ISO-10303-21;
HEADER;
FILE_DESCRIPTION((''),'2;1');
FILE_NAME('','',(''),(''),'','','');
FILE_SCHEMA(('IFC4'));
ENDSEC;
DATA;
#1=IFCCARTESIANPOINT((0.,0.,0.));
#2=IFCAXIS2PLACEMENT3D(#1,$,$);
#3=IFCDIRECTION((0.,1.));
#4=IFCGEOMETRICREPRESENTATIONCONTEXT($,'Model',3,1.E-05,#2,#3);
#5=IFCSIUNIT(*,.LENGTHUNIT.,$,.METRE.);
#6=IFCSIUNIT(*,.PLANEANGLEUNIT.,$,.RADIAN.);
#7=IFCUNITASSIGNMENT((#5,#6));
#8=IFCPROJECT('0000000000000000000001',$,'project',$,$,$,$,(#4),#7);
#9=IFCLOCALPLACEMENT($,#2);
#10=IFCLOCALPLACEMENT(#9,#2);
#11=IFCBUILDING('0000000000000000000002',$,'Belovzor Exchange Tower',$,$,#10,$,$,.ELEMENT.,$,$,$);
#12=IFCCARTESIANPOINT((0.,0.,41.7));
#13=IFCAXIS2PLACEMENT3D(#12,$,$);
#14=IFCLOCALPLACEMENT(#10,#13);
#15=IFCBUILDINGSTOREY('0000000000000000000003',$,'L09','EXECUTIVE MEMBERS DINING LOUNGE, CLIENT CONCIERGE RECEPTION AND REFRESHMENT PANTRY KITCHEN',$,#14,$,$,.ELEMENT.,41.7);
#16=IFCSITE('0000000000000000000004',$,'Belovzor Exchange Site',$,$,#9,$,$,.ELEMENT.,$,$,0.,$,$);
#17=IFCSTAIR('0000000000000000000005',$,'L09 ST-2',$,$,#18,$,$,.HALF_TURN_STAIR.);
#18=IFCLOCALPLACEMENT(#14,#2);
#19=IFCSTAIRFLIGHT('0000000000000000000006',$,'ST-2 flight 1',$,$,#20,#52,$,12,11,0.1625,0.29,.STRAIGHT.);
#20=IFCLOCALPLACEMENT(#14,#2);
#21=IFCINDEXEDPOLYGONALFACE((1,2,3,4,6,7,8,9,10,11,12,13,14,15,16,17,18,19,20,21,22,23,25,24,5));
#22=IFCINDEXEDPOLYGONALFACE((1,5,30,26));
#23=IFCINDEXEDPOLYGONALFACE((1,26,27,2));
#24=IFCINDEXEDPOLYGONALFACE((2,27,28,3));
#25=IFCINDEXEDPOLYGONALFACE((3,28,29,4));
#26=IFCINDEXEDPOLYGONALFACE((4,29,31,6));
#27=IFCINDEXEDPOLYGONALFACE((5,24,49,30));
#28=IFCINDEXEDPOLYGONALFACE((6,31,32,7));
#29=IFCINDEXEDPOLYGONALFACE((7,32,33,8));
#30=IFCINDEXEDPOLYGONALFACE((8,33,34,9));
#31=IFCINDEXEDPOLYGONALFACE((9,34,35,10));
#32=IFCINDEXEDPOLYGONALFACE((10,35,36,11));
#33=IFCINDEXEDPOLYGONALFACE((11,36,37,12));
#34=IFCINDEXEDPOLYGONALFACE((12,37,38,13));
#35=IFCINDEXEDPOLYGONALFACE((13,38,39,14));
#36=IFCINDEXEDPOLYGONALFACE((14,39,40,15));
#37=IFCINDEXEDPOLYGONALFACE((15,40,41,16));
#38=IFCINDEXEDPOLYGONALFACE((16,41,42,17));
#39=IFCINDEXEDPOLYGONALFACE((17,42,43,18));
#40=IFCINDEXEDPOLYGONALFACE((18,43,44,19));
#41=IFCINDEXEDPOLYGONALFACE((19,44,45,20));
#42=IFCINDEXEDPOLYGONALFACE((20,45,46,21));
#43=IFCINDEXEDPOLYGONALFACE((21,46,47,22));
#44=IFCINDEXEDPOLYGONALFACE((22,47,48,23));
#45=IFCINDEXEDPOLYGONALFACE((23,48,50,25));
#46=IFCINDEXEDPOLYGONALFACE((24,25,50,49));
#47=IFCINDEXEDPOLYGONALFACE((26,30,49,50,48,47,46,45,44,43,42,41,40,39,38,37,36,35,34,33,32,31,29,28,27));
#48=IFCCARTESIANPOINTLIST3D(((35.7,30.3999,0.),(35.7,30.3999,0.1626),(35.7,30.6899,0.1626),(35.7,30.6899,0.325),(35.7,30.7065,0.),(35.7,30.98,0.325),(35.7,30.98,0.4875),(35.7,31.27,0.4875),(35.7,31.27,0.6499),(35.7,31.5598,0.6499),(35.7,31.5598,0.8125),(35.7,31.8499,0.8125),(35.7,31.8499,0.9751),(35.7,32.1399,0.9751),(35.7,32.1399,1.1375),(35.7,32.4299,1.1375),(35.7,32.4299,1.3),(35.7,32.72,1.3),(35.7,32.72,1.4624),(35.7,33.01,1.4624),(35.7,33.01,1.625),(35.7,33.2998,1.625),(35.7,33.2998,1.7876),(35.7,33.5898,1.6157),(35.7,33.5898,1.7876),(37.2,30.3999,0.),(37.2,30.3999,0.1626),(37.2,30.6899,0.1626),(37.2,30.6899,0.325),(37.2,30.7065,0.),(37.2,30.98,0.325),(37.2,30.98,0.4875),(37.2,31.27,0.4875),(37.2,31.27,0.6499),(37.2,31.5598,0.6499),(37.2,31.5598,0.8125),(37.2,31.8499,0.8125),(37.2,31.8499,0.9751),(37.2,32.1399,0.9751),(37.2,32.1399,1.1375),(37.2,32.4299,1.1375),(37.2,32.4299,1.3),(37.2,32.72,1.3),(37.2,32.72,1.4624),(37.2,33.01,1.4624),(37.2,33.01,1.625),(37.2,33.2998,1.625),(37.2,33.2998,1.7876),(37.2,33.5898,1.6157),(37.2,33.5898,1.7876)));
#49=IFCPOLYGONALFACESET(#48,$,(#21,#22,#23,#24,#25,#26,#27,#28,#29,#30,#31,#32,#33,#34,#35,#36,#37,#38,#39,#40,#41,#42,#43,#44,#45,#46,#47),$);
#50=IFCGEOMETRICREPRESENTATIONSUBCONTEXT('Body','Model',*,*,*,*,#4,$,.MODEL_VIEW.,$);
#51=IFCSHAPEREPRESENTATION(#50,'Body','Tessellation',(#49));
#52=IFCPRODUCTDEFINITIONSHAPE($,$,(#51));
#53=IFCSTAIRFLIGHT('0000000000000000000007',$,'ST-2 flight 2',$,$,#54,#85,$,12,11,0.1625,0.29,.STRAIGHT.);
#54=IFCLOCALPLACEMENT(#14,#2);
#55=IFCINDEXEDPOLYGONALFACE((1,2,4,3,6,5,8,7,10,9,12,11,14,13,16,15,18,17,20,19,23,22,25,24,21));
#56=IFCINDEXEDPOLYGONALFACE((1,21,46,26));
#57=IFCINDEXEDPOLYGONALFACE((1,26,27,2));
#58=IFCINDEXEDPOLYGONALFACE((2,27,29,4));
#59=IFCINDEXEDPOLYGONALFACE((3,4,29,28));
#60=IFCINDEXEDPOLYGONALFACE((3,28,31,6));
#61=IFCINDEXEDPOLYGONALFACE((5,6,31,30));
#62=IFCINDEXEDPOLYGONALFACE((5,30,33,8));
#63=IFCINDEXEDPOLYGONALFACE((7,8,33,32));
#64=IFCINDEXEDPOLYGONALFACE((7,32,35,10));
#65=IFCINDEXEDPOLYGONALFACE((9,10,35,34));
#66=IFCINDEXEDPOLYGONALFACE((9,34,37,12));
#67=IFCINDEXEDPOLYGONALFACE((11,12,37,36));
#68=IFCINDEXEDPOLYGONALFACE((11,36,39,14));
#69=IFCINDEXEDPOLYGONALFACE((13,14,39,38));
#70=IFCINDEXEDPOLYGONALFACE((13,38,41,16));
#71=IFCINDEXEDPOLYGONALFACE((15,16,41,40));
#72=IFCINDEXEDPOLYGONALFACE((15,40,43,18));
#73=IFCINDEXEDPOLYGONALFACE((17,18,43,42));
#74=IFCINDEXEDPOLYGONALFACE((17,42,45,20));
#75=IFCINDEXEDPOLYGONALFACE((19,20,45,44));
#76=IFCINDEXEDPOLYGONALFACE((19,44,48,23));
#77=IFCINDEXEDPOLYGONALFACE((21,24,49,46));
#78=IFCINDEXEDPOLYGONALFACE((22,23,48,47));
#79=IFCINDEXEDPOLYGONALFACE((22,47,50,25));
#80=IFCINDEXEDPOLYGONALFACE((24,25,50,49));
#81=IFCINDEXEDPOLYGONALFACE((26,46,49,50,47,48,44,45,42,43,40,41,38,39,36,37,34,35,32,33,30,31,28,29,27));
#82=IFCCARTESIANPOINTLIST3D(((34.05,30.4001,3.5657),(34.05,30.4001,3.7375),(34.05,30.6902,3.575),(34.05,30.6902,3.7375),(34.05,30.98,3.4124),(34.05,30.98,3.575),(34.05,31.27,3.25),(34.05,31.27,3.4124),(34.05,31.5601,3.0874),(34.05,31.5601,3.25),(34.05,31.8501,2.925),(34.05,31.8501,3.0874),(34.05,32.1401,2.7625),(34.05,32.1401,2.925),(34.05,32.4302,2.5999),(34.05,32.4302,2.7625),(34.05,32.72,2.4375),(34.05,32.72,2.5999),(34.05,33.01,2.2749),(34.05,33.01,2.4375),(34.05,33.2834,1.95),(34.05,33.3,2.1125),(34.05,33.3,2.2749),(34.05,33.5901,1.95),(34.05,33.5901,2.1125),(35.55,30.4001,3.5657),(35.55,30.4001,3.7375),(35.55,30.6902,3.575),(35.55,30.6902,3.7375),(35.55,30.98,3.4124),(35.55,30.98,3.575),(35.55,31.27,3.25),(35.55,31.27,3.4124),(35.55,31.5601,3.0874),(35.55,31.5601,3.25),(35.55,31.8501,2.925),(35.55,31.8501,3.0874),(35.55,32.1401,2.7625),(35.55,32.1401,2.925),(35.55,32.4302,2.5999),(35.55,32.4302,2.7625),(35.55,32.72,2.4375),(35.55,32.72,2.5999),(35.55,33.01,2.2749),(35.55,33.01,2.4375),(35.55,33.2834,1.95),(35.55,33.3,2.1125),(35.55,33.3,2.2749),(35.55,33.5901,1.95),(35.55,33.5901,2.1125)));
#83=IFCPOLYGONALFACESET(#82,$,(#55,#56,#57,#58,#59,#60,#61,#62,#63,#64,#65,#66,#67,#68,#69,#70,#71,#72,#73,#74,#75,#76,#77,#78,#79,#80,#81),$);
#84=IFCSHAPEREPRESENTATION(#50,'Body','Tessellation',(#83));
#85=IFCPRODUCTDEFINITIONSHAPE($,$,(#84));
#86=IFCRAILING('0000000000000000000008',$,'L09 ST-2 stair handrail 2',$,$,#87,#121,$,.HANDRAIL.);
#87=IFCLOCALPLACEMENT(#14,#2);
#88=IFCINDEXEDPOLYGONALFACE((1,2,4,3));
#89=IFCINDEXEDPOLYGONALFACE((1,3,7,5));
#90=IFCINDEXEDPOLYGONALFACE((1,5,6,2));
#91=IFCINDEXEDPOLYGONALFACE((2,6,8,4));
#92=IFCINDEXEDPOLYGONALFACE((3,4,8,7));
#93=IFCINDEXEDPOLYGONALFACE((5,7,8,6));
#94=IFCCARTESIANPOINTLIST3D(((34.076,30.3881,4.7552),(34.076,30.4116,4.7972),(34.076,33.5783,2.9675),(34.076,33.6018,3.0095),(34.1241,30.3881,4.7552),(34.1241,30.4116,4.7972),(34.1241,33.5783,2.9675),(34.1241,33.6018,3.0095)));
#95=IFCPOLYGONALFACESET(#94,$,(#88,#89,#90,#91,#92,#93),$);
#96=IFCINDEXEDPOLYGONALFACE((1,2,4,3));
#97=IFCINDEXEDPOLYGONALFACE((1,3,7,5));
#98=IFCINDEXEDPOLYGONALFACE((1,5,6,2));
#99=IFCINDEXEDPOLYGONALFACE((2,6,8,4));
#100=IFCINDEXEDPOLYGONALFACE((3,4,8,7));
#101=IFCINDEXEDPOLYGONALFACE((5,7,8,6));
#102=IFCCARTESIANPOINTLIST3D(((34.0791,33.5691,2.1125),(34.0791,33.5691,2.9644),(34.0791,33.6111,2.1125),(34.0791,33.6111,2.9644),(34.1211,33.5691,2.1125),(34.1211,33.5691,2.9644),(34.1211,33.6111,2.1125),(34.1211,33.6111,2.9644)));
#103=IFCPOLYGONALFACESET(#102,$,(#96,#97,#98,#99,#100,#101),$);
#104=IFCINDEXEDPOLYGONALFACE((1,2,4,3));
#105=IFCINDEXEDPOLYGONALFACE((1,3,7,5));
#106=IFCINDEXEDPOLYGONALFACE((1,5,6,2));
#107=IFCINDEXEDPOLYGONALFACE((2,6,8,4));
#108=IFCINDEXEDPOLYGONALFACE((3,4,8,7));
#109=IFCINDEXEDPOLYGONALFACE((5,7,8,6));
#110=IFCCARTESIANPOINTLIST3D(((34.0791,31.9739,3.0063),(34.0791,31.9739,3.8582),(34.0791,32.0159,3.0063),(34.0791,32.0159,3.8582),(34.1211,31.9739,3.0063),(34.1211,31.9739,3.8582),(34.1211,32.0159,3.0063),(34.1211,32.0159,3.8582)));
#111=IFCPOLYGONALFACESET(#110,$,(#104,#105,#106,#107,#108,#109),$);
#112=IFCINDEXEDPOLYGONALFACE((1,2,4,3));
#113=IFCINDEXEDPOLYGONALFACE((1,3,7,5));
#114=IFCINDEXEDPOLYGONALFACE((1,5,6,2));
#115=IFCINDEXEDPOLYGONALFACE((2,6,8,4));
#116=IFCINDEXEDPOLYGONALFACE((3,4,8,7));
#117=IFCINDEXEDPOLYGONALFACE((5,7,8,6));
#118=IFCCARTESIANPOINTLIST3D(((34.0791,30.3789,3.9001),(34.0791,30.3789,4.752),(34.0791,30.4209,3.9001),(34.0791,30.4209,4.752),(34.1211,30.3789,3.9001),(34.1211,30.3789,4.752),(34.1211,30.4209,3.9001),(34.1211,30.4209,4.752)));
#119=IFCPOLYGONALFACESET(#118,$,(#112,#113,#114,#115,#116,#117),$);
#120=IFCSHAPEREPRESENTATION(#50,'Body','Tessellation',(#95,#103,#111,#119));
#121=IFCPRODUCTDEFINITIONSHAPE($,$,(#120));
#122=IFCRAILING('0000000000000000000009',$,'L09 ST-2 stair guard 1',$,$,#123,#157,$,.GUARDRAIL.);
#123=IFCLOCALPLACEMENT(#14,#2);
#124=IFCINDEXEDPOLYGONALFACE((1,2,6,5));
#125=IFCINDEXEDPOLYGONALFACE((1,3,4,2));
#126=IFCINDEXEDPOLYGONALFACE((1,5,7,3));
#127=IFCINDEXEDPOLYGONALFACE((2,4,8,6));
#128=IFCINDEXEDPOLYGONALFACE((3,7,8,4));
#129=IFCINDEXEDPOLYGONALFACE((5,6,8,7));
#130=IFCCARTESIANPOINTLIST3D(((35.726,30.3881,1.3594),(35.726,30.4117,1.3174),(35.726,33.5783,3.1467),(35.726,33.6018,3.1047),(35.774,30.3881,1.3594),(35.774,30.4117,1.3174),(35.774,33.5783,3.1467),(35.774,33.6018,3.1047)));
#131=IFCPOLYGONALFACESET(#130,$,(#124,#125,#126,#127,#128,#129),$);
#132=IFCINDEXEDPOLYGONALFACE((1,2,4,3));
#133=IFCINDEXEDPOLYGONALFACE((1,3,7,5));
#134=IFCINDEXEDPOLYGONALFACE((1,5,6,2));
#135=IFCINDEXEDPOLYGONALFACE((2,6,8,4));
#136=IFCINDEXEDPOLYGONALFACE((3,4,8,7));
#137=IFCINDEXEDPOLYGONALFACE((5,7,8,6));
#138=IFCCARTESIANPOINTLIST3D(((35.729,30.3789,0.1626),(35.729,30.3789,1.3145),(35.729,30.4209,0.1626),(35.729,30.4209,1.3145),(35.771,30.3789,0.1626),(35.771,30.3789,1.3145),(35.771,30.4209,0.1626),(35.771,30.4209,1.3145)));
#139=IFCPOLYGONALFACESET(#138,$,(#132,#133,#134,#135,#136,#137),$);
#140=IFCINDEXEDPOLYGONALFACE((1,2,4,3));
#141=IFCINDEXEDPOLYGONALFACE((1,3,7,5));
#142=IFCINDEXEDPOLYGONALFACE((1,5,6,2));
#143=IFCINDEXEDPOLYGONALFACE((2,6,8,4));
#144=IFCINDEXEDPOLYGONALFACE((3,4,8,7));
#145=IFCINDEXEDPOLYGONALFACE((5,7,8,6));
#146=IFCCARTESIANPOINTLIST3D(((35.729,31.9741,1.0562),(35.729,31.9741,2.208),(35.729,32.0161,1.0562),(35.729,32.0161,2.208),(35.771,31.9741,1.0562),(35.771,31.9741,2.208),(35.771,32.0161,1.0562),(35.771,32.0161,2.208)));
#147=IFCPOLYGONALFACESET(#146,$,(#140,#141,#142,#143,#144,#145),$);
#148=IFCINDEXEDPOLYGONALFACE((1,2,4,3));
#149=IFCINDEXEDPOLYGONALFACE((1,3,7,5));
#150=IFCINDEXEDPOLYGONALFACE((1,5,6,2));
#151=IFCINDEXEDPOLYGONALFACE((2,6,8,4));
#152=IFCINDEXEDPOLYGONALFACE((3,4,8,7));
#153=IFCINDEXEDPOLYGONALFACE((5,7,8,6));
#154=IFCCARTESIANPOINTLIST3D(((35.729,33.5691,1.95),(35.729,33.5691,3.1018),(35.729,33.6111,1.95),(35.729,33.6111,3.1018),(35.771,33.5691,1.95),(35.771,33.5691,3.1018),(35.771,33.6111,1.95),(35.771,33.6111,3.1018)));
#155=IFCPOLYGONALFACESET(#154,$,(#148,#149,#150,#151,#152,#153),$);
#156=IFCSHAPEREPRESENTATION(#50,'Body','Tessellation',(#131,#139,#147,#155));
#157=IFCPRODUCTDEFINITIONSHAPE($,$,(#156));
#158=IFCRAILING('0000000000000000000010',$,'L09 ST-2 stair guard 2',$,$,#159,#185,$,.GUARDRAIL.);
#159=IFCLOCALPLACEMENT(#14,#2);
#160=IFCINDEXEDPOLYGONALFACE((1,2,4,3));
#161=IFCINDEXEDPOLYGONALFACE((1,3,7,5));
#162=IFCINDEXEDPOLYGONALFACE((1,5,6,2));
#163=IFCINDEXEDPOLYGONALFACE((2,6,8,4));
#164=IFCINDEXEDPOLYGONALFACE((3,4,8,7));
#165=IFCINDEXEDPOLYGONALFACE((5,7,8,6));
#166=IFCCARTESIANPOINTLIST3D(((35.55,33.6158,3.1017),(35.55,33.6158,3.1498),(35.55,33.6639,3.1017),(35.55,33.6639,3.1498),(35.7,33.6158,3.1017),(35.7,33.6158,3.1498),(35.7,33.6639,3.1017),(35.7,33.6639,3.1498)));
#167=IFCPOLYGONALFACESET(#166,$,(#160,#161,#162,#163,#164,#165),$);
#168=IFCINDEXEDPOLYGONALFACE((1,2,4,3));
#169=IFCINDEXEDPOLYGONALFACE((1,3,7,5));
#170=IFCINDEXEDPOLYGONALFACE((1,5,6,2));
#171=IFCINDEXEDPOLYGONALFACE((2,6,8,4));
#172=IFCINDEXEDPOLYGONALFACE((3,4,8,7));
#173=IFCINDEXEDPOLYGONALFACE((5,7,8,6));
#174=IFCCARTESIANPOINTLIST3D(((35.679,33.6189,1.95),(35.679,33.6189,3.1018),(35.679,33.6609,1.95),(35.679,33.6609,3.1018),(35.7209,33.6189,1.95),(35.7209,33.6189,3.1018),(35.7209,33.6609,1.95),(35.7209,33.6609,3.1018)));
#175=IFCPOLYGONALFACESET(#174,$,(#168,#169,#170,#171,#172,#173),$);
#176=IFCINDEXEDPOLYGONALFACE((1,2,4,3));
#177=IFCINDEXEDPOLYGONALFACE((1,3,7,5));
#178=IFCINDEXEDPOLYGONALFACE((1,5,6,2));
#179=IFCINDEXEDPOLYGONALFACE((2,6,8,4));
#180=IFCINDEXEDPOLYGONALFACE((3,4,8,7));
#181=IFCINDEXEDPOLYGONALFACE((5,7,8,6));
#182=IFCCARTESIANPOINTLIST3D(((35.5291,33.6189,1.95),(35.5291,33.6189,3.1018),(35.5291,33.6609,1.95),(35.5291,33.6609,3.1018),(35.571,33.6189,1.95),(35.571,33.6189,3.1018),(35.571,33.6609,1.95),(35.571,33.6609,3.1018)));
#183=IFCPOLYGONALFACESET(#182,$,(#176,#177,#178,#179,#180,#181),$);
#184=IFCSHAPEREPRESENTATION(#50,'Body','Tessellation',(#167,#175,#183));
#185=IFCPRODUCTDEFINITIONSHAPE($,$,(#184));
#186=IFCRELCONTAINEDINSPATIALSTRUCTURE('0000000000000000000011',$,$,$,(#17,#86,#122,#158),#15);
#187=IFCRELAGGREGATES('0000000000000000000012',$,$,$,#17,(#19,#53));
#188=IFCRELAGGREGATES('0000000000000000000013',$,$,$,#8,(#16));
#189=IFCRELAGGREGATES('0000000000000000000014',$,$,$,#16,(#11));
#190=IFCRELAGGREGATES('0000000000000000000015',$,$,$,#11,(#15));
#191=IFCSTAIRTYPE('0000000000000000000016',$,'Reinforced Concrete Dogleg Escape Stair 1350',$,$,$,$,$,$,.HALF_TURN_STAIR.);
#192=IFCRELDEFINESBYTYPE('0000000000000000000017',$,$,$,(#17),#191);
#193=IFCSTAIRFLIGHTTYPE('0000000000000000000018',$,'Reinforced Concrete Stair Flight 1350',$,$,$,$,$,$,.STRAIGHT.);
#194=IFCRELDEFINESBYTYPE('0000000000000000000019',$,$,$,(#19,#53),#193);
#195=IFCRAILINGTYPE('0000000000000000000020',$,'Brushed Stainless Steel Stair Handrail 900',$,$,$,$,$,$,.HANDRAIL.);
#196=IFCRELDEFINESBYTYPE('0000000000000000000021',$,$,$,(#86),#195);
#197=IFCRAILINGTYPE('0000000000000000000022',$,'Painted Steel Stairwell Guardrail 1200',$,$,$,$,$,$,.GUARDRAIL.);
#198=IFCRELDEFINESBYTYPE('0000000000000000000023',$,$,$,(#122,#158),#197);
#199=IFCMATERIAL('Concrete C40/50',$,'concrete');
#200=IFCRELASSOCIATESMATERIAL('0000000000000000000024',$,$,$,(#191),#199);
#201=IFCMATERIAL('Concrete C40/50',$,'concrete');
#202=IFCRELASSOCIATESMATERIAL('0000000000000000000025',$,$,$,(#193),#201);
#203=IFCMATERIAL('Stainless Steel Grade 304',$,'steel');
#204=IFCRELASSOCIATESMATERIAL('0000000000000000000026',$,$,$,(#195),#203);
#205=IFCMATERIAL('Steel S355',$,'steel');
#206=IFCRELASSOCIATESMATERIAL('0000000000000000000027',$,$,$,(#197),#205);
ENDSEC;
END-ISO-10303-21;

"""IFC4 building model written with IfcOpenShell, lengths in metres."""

from ifc_helpers import new_model, si_unit, direction, frame, origin, origin_2d, place, context, subcontext, project, spatial, polyline, rectangle, outline, extrude, material, type_object, element, aggregate, save


model = new_model("IFC4")

# Units and contexts
model_context = context("Model", 3, precision=1e-05, world=origin(), true_north=direction((0.0, 1.0)))
body_context = subcontext(model_context, "Body", "Model", "MODEL_VIEW")
ifc_project = project(units=[si_unit("LENGTHUNIT", "METRE"), si_unit("PLANEANGLEUNIT", "RADIAN")], contexts=[model_context])

# Site, building, storey
site_placement = place(None, origin())
site = spatial("IfcSite", under=ifc_project, at=site_placement, Name="Belovzor Exchange Site", CompositionType="ELEMENT", RefElevation=0.0)
building_placement = place(site_placement, origin())
building = spatial("IfcBuilding", under=site, at=building_placement, Name="Belovzor Exchange Tower", CompositionType="ELEMENT")
storey_placement = place(building_placement, frame((0.0, 0.0, 41.7)))
storey = spatial("IfcBuildingStorey", under=building, at=storey_placement, Name="L09", Description="EXECUTIVE MEMBERS DINING LOUNGE, CLIENT CONCIERGE RECEPTION AND REFRESHMENT PANTRY KITCHEN", CompositionType="ELEMENT", Elevation=41.7)

# Stair, stair flights
ifc_material_1 = material(Name="Concrete C40/50", Category="concrete")
stair_type = type_object("IfcStairType", Name="Reinforced Concrete Dogleg Escape Stair 1350", PredefinedType="HALF_TURN_STAIR", material=ifc_material_1)
stair_placement = place(storey_placement, origin())
stair = element("IfcStair", 1, at=stair_placement, inside=storey, type_object=stair_type, Name="L09 ST-2", PredefinedType="HALF_TURN_STAIR")
ifc_material_2 = material(Name="Concrete C40/50", Category="concrete")
stair_flight_type = type_object("IfcStairFlightType", Name="Reinforced Concrete Stair Flight 1350", PredefinedType="STRAIGHT", material=ifc_material_2)
stair_flight_1_placement = place(storey_placement, frame((36.45, 30.3999, 0.0), z_axis=(0.0, 0.0, 1.0), x_axis=(0.0, 1.0, 0.0)))
stair_flight_1 = element("IfcStairFlight", 2, at=stair_flight_1_placement, type_object=stair_flight_type, Name="ST-2 flight 1", NumberOfRisers=12, NumberOfTreads=11, PredefinedType="STRAIGHT", RiserHeight=0.1625, TreadLength=0.29, context=body_context, shape_type="SweptSolid", body=[
    extrude(outline(polyline([(0.0, 0.0), (0.0, 0.1626), (0.29, 0.1626), (0.29, 0.325), (0.5801, 0.325), (0.5801, 0.4875), (0.8701, 0.4875), (0.8701, 0.6499), (1.1599, 0.6499), (1.1599, 0.8125), (1.45, 0.8125), (1.45, 0.9751), (1.74, 0.9751), (1.74, 1.1375), (2.03, 1.1375), (2.03, 1.3), (2.3201, 1.3), (2.3201, 1.4624), (2.6101, 1.4624), (2.6101, 1.625), (2.8999, 1.625), (2.8999, 1.7876), (3.1899, 1.7876), (3.1899, 1.95), (3.1899, 1.6157), (0.3066, 0.0), (0.0, 0.0)])), frame((0.0, 0.75, 0.0), z_axis=(0.0, -1.0, 0.0), x_axis=(1.0, 0.0, 0.0)), (0.0, 0.0, 1.0), 1.5),
])
stair_flight_2_placement = place(storey_placement, frame((34.8, 33.5901, 1.95), z_axis=(0.0, 0.0, 1.0), x_axis=(0.0, -1.0, 0.0)))
stair_flight_2 = element("IfcStairFlight", 3, at=stair_flight_2_placement, type_object=stair_flight_type, Name="ST-2 flight 2", NumberOfRisers=12, NumberOfTreads=11, PredefinedType="STRAIGHT", RiserHeight=0.1625, TreadLength=0.29, context=body_context, shape_type="SweptSolid", body=[
    extrude(outline(polyline([(0.0, 0.0), (0.0, 0.1626), (0.29, 0.1626), (0.29, 0.325), (0.5801, 0.325), (0.5801, 0.4875), (0.8701, 0.4875), (0.8701, 0.6499), (1.1599, 0.6499), (1.1599, 0.8125), (1.45, 0.8125), (1.45, 0.9751), (1.74, 0.9751), (1.74, 1.1375), (2.03, 1.1375), (2.03, 1.3), (2.3201, 1.3), (2.3201, 1.4624), (2.6101, 1.4624), (2.6101, 1.625), (2.8999, 1.625), (2.8999, 1.7876), (3.1899, 1.7876), (3.1899, 1.95), (3.1899, 1.6157), (0.3066, 0.0), (0.0, 0.0)])), frame((0.0, 0.75, 0.0), z_axis=(0.0, -1.0, 0.0), x_axis=(1.0, 0.0, 0.0)), (0.0, 0.0, 1.0), 1.5),
])
aggregate(stair, [stair_flight_1, stair_flight_2])

# Railings
ifc_material_3 = material(Name="Stainless Steel Grade 304", Category="steel")
railing_type_1 = type_object("IfcRailingType", Name="Brushed Stainless Steel Stair Handrail 900", PredefinedType="HANDRAIL", material=ifc_material_3)
railing_1_placement = place(storey_placement, frame((34.1001, 33.5901, 2.1125)))
element("IfcRailing", 4, at=railing_1_placement, inside=storey, type_object=railing_type_1, Name="L09 ST-2 stair handrail 2", PredefinedType="HANDRAIL", context=body_context, shape_type="SweptSolid", body=[
    extrude(rectangle(XDim=0.0481, YDim=0.0481, at=origin_2d()), frame((0.0, 0.0, 0.876), z_axis=(0.0, -0.872378, 0.488831), x_axis=(1.0, 0.0, 0.0)), (0.0, 0.0, 1.0), 3.657),
    extrude(rectangle(XDim=0.042, YDim=0.042, at=origin_2d()), origin(), (0.0, 0.0, 1.0), 0.8518),
    extrude(rectangle(XDim=0.042, YDim=0.042, at=origin_2d()), frame((0.0, -1.5952, 0.8938)), (0.0, 0.0, 1.0), 0.8518),
    extrude(rectangle(XDim=0.042, YDim=0.042, at=origin_2d()), frame((0.0, -3.1902, 1.7876)), (0.0, 0.0, 1.0), 0.8518),
])
ifc_material_4 = material(Name="Steel S355", Category="steel")
railing_type_2 = type_object("IfcRailingType", Name="Painted Steel Stairwell Guardrail 1200", PredefinedType="GUARDRAIL", material=ifc_material_4)
railing_2_placement = place(storey_placement, frame((35.75, 30.3999, 0.1626)))
element("IfcRailing", 5, at=railing_2_placement, inside=storey, type_object=railing_type_2, Name="L09 ST-2 stair guard 1", PredefinedType="GUARDRAIL", context=body_context, shape_type="SweptSolid", body=[
    extrude(rectangle(XDim=0.0481, YDim=0.0481, at=origin_2d()), frame((0.0, 0.0, 1.1758), z_axis=(0.0, 0.872407, 0.48878), x_axis=(-1.0, 0.0, 0.0)), (0.0, 0.0, 1.0), 3.6567),
    extrude(rectangle(XDim=0.042, YDim=0.042, at=origin_2d()), origin(), (0.0, 0.0, 1.0), 1.1519),
    extrude(rectangle(XDim=0.042, YDim=0.042, at=origin_2d()), frame((0.0, 1.5952, 0.8936)), (0.0, 0.0, 1.0), 1.1519),
    extrude(rectangle(XDim=0.042, YDim=0.042, at=origin_2d()), frame((0.0, 3.1902, 1.7874)), (0.0, 0.0, 1.0), 1.1519),
])
railing_3_placement = place(storey_placement, frame((35.7, 33.6399, 1.95)))
element("IfcRailing", 6, at=railing_3_placement, inside=storey, type_object=railing_type_2, Name="L09 ST-2 stair guard 2", PredefinedType="GUARDRAIL", context=body_context, shape_type="SweptSolid", body=[
    extrude(rectangle(XDim=0.0481, YDim=0.0481, at=origin_2d()), frame((0.0, 0.0, 1.1758), z_axis=(-1.0, 0.0, 0.0), x_axis=(0.0, -1.0, 0.0)), (0.0, 0.0, 1.0), 0.1499),
    extrude(rectangle(XDim=0.042, YDim=0.042, at=origin_2d()), origin(), (0.0, 0.0, 1.0), 1.1519),
    extrude(rectangle(XDim=0.042, YDim=0.042, at=origin_2d()), frame((-0.1499, 0.0, 0.0)), (0.0, 0.0, 1.0), 1.1519),
])

save(model, "model.ifc")
